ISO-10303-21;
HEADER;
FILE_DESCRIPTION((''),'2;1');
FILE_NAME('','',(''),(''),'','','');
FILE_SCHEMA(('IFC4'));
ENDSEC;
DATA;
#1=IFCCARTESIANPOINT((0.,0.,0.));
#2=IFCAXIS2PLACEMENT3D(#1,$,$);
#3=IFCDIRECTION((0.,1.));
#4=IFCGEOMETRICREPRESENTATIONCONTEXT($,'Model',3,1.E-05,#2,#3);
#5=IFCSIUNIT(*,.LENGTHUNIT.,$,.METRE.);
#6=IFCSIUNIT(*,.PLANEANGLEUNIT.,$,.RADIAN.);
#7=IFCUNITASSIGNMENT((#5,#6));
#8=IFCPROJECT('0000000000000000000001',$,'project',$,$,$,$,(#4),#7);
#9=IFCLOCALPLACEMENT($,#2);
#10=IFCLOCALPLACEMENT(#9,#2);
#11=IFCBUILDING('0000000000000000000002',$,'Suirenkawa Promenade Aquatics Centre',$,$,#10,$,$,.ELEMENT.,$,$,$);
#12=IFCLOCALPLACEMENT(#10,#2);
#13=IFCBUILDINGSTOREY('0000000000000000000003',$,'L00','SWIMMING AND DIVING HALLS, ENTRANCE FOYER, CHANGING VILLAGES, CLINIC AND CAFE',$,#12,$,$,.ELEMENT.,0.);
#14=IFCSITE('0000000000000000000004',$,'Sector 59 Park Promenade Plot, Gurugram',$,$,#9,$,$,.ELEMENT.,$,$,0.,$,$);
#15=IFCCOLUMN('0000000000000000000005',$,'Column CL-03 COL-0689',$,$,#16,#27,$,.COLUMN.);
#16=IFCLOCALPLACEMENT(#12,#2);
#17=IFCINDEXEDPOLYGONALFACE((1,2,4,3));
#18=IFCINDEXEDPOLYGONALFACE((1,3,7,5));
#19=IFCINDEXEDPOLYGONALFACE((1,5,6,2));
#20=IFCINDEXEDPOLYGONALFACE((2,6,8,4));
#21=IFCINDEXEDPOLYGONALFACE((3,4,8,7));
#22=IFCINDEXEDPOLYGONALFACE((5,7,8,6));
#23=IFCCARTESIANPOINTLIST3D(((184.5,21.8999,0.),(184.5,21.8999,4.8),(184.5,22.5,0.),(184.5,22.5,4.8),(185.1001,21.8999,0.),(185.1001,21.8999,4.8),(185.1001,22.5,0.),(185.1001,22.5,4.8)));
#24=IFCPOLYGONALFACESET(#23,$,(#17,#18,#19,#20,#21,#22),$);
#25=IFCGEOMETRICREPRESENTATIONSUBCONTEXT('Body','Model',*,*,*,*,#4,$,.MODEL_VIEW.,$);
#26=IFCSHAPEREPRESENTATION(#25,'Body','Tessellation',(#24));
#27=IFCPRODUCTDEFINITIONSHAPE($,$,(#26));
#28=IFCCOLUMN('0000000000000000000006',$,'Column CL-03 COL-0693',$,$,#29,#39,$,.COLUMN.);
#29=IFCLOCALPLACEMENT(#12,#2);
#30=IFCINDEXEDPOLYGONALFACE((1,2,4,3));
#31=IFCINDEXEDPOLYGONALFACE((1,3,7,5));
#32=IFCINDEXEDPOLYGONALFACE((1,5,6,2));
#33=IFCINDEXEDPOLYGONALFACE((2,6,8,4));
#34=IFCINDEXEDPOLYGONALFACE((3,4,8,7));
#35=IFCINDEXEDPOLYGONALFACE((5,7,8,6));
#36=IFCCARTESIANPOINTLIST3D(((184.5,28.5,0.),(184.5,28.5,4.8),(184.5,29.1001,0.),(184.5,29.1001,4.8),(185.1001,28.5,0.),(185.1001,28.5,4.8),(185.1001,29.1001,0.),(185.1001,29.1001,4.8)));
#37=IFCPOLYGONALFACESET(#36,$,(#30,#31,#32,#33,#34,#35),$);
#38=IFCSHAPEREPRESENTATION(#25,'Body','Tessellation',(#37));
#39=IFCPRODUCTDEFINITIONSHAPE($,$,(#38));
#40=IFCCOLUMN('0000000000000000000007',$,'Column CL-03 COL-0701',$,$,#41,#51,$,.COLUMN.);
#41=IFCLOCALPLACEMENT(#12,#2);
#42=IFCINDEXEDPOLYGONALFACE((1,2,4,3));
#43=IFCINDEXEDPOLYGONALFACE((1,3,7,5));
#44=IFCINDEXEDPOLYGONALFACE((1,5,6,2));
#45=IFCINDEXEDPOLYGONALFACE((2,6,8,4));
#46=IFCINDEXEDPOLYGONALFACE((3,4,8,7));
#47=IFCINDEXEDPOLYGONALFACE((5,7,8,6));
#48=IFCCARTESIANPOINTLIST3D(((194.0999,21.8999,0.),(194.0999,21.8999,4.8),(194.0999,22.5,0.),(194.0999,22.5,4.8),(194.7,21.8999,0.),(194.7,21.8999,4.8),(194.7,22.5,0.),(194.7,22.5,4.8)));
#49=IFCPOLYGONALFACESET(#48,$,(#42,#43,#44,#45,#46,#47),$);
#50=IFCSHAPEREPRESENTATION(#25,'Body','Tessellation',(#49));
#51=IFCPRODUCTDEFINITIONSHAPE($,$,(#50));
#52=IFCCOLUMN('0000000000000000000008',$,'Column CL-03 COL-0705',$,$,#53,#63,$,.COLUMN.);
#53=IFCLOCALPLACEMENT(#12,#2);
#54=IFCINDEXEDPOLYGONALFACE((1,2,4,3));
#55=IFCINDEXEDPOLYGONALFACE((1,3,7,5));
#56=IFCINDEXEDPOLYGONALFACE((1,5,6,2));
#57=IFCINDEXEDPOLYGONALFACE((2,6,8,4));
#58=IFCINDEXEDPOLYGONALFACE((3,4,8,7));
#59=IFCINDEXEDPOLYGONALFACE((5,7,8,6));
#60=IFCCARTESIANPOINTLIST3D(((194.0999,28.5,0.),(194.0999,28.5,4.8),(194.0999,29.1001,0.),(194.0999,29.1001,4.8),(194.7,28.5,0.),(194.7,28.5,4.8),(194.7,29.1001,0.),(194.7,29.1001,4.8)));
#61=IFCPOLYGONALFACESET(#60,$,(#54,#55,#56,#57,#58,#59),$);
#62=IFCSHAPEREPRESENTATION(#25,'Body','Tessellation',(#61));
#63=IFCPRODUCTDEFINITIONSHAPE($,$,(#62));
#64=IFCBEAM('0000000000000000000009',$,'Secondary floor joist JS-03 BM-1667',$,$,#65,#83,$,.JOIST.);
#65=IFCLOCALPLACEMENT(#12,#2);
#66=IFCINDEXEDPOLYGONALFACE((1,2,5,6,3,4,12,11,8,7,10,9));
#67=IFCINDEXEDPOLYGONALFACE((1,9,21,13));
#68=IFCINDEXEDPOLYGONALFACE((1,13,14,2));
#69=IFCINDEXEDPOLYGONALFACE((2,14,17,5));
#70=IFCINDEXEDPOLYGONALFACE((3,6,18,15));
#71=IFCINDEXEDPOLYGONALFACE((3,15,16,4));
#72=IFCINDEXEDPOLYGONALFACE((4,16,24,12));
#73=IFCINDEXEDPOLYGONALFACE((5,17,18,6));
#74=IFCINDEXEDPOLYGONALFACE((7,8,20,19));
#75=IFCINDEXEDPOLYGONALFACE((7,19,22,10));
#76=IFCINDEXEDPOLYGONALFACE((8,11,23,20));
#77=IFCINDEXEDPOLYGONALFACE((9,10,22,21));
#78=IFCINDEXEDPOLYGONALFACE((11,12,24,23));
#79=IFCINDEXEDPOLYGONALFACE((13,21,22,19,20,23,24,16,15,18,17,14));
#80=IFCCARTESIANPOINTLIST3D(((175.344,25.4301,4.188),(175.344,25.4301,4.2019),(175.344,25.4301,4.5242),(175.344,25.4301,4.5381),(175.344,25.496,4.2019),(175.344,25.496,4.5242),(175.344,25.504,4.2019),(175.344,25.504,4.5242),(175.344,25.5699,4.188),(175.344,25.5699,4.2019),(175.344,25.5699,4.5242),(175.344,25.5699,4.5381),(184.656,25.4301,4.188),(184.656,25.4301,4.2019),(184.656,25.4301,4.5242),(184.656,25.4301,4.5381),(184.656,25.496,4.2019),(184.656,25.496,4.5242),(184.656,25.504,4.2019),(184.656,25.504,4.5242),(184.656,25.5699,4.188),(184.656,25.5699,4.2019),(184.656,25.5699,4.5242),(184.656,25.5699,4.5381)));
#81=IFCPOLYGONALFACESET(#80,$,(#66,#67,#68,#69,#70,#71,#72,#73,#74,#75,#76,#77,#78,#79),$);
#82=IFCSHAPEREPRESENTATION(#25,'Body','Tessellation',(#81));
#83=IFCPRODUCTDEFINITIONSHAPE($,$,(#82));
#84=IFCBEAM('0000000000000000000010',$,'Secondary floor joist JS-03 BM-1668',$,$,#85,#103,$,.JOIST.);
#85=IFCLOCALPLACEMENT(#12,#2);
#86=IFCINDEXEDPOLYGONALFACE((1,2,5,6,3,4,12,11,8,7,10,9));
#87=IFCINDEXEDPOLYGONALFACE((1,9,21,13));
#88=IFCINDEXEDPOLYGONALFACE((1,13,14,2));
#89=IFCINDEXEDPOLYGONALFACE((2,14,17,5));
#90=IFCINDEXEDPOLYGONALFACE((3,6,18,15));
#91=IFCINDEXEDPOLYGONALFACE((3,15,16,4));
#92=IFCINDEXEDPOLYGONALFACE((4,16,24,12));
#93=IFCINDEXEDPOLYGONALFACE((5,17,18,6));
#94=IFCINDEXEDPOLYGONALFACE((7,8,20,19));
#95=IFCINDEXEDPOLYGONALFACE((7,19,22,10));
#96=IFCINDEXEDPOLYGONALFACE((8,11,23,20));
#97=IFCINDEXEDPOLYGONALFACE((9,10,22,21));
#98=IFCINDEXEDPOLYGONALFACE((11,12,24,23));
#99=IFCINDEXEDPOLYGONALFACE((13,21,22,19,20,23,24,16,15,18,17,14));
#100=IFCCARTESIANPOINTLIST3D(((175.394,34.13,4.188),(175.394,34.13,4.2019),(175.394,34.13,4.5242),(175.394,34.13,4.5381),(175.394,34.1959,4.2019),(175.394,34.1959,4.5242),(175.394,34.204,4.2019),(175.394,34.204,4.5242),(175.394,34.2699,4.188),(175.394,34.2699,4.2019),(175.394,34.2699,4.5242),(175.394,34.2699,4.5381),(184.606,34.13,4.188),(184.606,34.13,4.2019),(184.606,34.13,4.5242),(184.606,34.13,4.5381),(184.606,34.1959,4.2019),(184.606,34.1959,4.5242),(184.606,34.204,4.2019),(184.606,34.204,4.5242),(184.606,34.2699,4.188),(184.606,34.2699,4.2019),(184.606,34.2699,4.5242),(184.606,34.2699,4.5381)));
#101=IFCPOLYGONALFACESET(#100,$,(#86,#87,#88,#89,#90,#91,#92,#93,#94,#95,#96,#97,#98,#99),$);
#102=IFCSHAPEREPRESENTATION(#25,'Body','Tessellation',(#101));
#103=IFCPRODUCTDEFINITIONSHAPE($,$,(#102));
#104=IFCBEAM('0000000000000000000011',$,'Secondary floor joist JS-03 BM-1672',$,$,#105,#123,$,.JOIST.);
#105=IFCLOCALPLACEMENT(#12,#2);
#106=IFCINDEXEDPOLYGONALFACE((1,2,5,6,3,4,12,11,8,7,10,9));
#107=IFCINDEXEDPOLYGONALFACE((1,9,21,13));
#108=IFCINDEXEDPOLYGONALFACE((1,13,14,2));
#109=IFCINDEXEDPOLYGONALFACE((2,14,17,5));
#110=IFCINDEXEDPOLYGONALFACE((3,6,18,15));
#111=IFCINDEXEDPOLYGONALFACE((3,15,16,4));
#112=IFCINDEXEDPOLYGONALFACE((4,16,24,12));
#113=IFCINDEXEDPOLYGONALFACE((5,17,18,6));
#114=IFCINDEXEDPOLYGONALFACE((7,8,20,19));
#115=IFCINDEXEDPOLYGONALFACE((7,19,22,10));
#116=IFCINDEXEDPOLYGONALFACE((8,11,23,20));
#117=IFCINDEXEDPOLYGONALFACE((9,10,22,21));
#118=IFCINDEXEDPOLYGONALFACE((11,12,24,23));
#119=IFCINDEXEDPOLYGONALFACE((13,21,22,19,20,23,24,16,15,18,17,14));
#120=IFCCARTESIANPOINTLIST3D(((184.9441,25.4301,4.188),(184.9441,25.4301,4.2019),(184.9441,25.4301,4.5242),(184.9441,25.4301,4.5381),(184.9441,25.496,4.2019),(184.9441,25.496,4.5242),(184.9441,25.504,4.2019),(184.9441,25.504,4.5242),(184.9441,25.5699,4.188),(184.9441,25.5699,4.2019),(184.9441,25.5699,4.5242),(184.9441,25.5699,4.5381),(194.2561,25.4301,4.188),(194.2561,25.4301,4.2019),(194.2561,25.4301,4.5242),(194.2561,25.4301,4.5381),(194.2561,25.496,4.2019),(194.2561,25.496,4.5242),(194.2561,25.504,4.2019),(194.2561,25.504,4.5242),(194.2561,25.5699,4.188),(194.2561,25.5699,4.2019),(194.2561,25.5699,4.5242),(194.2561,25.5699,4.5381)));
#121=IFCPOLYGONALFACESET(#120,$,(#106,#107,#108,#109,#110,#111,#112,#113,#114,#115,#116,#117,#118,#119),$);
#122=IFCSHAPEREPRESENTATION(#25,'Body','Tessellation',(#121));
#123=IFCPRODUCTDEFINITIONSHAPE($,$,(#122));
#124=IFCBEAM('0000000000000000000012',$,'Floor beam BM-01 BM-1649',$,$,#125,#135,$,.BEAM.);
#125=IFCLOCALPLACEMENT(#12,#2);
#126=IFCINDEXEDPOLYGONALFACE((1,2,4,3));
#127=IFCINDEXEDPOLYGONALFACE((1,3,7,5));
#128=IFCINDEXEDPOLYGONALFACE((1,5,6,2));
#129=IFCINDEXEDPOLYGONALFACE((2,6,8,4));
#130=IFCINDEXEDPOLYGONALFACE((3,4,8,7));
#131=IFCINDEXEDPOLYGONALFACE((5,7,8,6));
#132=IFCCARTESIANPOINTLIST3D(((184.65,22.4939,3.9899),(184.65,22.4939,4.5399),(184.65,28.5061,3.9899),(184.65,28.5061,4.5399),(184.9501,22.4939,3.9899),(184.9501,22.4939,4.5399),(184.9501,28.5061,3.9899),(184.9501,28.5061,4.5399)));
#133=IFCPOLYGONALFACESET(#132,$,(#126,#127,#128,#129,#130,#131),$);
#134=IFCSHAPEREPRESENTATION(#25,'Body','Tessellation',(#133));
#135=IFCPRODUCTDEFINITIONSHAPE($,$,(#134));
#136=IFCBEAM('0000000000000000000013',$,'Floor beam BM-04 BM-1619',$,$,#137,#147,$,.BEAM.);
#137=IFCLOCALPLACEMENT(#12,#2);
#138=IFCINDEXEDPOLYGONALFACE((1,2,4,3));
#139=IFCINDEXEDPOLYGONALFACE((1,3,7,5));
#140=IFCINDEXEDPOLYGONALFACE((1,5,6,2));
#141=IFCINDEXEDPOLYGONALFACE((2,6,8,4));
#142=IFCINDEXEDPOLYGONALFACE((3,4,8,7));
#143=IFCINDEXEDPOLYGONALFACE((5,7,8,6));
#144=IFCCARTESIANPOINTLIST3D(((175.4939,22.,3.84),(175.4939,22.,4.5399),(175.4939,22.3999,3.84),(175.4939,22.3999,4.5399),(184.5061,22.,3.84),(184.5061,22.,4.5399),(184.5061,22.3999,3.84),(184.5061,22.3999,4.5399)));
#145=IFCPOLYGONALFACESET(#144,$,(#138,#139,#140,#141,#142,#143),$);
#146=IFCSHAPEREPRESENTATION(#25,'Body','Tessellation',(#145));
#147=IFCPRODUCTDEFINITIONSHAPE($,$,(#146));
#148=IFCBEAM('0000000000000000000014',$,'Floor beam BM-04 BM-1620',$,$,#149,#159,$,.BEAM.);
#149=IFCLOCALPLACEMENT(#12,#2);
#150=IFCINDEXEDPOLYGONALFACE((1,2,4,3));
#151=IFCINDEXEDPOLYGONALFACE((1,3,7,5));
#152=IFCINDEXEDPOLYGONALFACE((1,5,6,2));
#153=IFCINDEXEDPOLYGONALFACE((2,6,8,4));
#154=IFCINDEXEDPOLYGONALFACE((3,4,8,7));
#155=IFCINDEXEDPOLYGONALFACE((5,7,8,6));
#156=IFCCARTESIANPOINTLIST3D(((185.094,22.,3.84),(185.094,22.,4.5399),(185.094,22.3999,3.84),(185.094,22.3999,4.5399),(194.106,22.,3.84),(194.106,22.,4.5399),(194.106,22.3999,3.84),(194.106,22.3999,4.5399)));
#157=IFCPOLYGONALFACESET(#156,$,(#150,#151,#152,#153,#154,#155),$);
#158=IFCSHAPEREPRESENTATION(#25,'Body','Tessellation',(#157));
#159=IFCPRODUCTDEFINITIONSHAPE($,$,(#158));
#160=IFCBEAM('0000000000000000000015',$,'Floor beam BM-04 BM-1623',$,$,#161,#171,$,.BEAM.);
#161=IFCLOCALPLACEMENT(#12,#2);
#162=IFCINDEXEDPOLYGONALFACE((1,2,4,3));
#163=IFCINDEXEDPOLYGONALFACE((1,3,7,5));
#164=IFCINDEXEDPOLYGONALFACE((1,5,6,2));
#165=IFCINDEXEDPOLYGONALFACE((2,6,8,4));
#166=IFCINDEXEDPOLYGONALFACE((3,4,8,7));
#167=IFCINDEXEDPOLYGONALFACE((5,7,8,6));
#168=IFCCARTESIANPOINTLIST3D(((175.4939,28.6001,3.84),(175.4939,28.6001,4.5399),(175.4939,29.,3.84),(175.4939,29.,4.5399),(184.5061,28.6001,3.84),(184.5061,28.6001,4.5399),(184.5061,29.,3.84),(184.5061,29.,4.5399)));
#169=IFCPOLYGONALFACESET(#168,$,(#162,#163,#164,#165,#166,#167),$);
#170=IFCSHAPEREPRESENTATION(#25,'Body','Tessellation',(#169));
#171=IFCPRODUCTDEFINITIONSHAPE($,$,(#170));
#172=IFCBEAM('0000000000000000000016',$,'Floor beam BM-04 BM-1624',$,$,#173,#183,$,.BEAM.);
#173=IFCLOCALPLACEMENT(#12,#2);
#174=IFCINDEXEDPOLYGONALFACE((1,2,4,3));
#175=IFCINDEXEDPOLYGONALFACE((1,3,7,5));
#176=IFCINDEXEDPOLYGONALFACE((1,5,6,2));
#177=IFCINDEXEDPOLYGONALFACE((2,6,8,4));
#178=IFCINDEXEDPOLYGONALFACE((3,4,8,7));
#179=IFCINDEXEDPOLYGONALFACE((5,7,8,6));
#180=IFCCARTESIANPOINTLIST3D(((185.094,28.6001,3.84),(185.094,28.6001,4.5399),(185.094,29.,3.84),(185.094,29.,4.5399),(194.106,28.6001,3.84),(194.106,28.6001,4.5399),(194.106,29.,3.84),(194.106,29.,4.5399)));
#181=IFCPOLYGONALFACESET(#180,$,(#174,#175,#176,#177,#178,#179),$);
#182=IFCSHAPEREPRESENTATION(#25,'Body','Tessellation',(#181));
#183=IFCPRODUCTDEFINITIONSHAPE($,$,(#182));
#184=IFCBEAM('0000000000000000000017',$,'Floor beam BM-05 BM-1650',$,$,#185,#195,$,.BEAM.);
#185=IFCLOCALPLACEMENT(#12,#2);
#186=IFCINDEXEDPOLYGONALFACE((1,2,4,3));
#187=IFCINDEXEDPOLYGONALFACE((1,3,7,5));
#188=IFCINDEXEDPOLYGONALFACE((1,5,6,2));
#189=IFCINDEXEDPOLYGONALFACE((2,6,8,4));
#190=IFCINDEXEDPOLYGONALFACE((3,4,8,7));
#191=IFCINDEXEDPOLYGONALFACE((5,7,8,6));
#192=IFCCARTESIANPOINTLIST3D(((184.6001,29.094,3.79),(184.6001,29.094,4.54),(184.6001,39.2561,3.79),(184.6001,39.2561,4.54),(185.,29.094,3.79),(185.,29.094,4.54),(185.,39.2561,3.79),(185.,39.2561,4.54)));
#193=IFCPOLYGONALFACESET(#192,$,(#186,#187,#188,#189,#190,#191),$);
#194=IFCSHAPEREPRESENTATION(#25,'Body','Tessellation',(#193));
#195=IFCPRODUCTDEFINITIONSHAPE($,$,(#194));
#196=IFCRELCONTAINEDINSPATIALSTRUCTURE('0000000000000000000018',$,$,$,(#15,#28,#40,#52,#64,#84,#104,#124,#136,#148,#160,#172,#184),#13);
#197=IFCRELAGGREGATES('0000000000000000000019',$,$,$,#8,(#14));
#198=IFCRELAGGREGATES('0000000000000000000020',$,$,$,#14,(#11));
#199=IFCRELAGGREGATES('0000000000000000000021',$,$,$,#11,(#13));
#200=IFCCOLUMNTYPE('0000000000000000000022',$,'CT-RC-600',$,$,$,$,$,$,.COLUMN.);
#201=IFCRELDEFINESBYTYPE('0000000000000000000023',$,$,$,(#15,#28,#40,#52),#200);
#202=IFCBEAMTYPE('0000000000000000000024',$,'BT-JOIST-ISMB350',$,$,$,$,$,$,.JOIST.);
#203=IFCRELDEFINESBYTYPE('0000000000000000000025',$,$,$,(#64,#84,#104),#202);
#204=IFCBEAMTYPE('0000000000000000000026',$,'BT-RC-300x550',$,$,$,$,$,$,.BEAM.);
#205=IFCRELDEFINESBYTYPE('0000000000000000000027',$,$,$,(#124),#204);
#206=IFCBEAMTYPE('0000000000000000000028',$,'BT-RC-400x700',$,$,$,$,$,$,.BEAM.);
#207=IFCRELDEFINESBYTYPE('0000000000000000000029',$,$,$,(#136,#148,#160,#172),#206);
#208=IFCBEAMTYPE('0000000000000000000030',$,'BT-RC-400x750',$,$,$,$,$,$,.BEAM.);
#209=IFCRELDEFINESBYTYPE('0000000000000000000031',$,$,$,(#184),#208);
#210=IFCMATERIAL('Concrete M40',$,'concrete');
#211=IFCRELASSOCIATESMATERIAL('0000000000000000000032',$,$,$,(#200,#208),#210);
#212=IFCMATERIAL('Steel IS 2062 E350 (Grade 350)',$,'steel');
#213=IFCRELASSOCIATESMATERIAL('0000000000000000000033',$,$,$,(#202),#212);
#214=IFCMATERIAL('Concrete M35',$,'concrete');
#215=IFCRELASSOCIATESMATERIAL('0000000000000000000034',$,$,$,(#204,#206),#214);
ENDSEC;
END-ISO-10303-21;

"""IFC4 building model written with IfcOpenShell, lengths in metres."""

from ifc_helpers import new_model, si_unit, direction, frame, origin, origin_2d, place, context, subcontext, project, spatial, rectangle, i_section, extrude, material, material_profile, profile_set, type_object, element, save


model = new_model("IFC4")

# Units and contexts
model_context = context("Model", 3, precision=1e-05, world=origin(), true_north=direction((0.0, 1.0)))
body_context = subcontext(model_context, "Body", "Model", "MODEL_VIEW")
ifc_project = project(units=[si_unit("LENGTHUNIT", "METRE"), si_unit("PLANEANGLEUNIT", "RADIAN")], contexts=[model_context])

# Site, building, storey
site_placement = place(None, origin())
site = spatial("IfcSite", under=ifc_project, at=site_placement, Name="Sector 59 Park Promenade Plot, Gurugram", CompositionType="ELEMENT", RefElevation=0.0)
building_placement = place(site_placement, origin())
building = spatial("IfcBuilding", under=site, at=building_placement, Name="Suirenkawa Promenade Aquatics Centre", CompositionType="ELEMENT")
storey_placement = place(building_placement, origin())
storey = spatial("IfcBuildingStorey", under=building, at=storey_placement, Name="L00", Description="SWIMMING AND DIVING HALLS, ENTRANCE FOYER, CHANGING VILLAGES, CLINIC AND CAFE", CompositionType="ELEMENT", Elevation=0.0)

# Columns
ifc_material_1 = material(Name="Concrete M40", Category="concrete")
ifc_material_profile_1 = material_profile(ifc_material_1, rectangle(XDim=0.6001, YDim=0.6001, at=origin_2d()), Name="RC COL 600x600", Category="concrete")
ifc_profile_set_1 = profile_set([ifc_material_profile_1], Name="Concrete M40")
column_type = type_object("IfcColumnType", Name="CT-RC-600", PredefinedType="COLUMN", material=ifc_profile_set_1)
for number, where, z_axis, x_axis, name in (
    (1, (184.8, 22.2, 0.0), (0.0, 0.0, 1.0), (1.0, 0.0, 0.0), "Column CL-03 COL-0689"),
    (2, (184.8, 28.8, 0.0), (0.0, 0.0, 1.0), (1.0, 0.0, 0.0), "Column CL-03 COL-0693"),
    (3, (194.3999, 22.2, 0.0), (0.0, 0.0, 1.0), (1.0, 0.0, 0.0), "Column CL-03 COL-0701"),
    (4, (194.3999, 28.8, 0.0), (0.0, 0.0, 1.0), (1.0, 0.0, 0.0), "Column CL-03 COL-0705"),
):
    element("IfcColumn", number, at=place(storey_placement, frame(where, z_axis=z_axis, x_axis=x_axis)), inside=storey, type_object=column_type, Name=name, PredefinedType="COLUMN", context=body_context, shape_type="SweptSolid", body=[
        extrude(rectangle(XDim=0.6001, YDim=0.6001, at=origin_2d()), origin(), (0.0, 0.0, 1.0), 4.8),
    ])

# Beams
ifc_material_2 = material(Name="Steel IS 2062 E350 (Grade 350)", Category="steel")
ifc_material_profile_2 = material_profile(ifc_material_2, i_section(OverallWidth=0.1399, OverallDepth=0.3501, WebThickness=0.0081, FlangeThickness=0.0139, at=origin_2d()), Name="ISMB 350", Category="steel")
ifc_profile_set_2 = profile_set([ifc_material_profile_2], Name="Steel IS 2062 E350 (Grade 350)")
beam_type_1 = type_object("IfcBeamType", Name="BT-JOIST-ISMB350", PredefinedType="JOIST", material=ifc_profile_set_2)
beam_1_placement = place(storey_placement, frame((175.344, 25.5, 4.363), z_axis=(1.0, 0.0, 0.0), x_axis=(0.0, 1.0, 0.0)))
element("IfcBeam", 5, at=beam_1_placement, inside=storey, type_object=beam_type_1, Name="Secondary floor joist JS-03 BM-1667", PredefinedType="JOIST", context=body_context, shape_type="SweptSolid", body=[
    extrude(i_section(OverallWidth=0.1399, OverallDepth=0.3501, WebThickness=0.0081, FlangeThickness=0.0139, at=origin_2d()), origin(), (0.0, 0.0, 1.0), 9.312),
])
beam_2_placement = place(storey_placement, frame((175.394, 34.2, 4.363), z_axis=(1.0, 0.0, 0.0), x_axis=(0.0, 1.0, 0.0)))
element("IfcBeam", 6, at=beam_2_placement, inside=storey, type_object=beam_type_1, Name="Secondary floor joist JS-03 BM-1668", PredefinedType="JOIST", context=body_context, shape_type="SweptSolid", body=[
    extrude(i_section(OverallWidth=0.1399, OverallDepth=0.3501, WebThickness=0.0081, FlangeThickness=0.0139, at=origin_2d()), origin(), (0.0, 0.0, 1.0), 9.2119),
])
beam_3_placement = place(storey_placement, frame((184.9441, 25.5, 4.363), z_axis=(1.0, 0.0, 0.0), x_axis=(0.0, 1.0, 0.0)))
element("IfcBeam", 7, at=beam_3_placement, inside=storey, type_object=beam_type_1, Name="Secondary floor joist JS-03 BM-1672", PredefinedType="JOIST", context=body_context, shape_type="SweptSolid", body=[
    extrude(i_section(OverallWidth=0.1399, OverallDepth=0.3501, WebThickness=0.0081, FlangeThickness=0.0139, at=origin_2d()), origin(), (0.0, 0.0, 1.0), 9.312),
])
ifc_material_3 = material(Name="Concrete M35", Category="concrete")
ifc_material_profile_3 = material_profile(ifc_material_3, rectangle(XDim=0.3, YDim=0.55, at=origin_2d()), Name="RC BM 300x550", Category="concrete")
ifc_profile_set_3 = profile_set([ifc_material_profile_3], Name="Concrete M35")
beam_type_2 = type_object("IfcBeamType", Name="BT-RC-300x550", PredefinedType="BEAM", material=ifc_profile_set_3)
beam_4_placement = place(storey_placement, frame((184.8, 22.4939, 4.2649), z_axis=(0.0, 1.0, 0.0), x_axis=(-1.0, 0.0, 0.0)))
element("IfcBeam", 8, at=beam_4_placement, inside=storey, type_object=beam_type_2, Name="Floor beam BM-01 BM-1649", PredefinedType="BEAM", context=body_context, shape_type="SweptSolid", body=[
    extrude(rectangle(XDim=0.3, YDim=0.55, at=origin_2d()), origin(), (0.0, 0.0, 1.0), 6.0122),
])
ifc_material_profile_4 = material_profile(ifc_material_3, rectangle(XDim=0.3999, YDim=0.7, at=origin_2d()), Name="RC BM 400x700", Category="concrete")
ifc_profile_set_4 = profile_set([ifc_material_profile_4], Name="Concrete M35")
beam_type_3 = type_object("IfcBeamType", Name="BT-RC-400x700", PredefinedType="BEAM", material=ifc_profile_set_4)
beam_5_placement = place(storey_placement, frame((175.4939, 22.2, 4.1899), z_axis=(1.0, 0.0, 0.0), x_axis=(0.0, 1.0, 0.0)))
element("IfcBeam", 9, at=beam_5_placement, inside=storey, type_object=beam_type_3, Name="Floor beam BM-04 BM-1619", PredefinedType="BEAM", context=body_context, shape_type="SweptSolid", body=[
    extrude(rectangle(XDim=0.3999, YDim=0.7, at=origin_2d()), origin(), (0.0, 0.0, 1.0), 9.0122),
])
beam_6_placement = place(storey_placement, frame((185.094, 22.2, 4.1899), z_axis=(1.0, 0.0, 0.0), x_axis=(0.0, 1.0, 0.0)))
element("IfcBeam", 10, at=beam_6_placement, inside=storey, type_object=beam_type_3, Name="Floor beam BM-04 BM-1620", PredefinedType="BEAM", context=body_context, shape_type="SweptSolid", body=[
    extrude(rectangle(XDim=0.3999, YDim=0.7, at=origin_2d()), origin(), (0.0, 0.0, 1.0), 9.012),
])
beam_7_placement = place(storey_placement, frame((175.4939, 28.8, 4.1899), z_axis=(1.0, 0.0, 0.0), x_axis=(0.0, 1.0, 0.0)))
element("IfcBeam", 11, at=beam_7_placement, inside=storey, type_object=beam_type_3, Name="Floor beam BM-04 BM-1623", PredefinedType="BEAM", context=body_context, shape_type="SweptSolid", body=[
    extrude(rectangle(XDim=0.3999, YDim=0.7, at=origin_2d()), origin(), (0.0, 0.0, 1.0), 9.0122),
])
beam_8_placement = place(storey_placement, frame((185.094, 28.8, 4.1899), z_axis=(1.0, 0.0, 0.0), x_axis=(0.0, 1.0, 0.0)))
element("IfcBeam", 12, at=beam_8_placement, inside=storey, type_object=beam_type_3, Name="Floor beam BM-04 BM-1624", PredefinedType="BEAM", context=body_context, shape_type="SweptSolid", body=[
    extrude(rectangle(XDim=0.3999, YDim=0.7, at=origin_2d()), origin(), (0.0, 0.0, 1.0), 9.012),
])
ifc_material_profile_5 = material_profile(ifc_material_1, rectangle(XDim=0.3999, YDim=0.75, at=origin_2d()), Name="RC BM 400x750", Category="concrete")
ifc_profile_set_5 = profile_set([ifc_material_profile_5], Name="Concrete M40")
beam_type_4 = type_object("IfcBeamType", Name="BT-RC-400x750", PredefinedType="BEAM", material=ifc_profile_set_5)
beam_9_placement = place(storey_placement, frame((184.8, 29.094, 4.165), z_axis=(0.0, 1.0, 0.0), x_axis=(-1.0, 0.0, 0.0)))
element("IfcBeam", 13, at=beam_9_placement, inside=storey, type_object=beam_type_4, Name="Floor beam BM-05 BM-1650", PredefinedType="BEAM", context=body_context, shape_type="SweptSolid", body=[
    extrude(rectangle(XDim=0.3999, YDim=0.75, at=origin_2d()), origin(), (0.0, 0.0, 1.0), 10.1621),
])

save(model, "model.ifc")
